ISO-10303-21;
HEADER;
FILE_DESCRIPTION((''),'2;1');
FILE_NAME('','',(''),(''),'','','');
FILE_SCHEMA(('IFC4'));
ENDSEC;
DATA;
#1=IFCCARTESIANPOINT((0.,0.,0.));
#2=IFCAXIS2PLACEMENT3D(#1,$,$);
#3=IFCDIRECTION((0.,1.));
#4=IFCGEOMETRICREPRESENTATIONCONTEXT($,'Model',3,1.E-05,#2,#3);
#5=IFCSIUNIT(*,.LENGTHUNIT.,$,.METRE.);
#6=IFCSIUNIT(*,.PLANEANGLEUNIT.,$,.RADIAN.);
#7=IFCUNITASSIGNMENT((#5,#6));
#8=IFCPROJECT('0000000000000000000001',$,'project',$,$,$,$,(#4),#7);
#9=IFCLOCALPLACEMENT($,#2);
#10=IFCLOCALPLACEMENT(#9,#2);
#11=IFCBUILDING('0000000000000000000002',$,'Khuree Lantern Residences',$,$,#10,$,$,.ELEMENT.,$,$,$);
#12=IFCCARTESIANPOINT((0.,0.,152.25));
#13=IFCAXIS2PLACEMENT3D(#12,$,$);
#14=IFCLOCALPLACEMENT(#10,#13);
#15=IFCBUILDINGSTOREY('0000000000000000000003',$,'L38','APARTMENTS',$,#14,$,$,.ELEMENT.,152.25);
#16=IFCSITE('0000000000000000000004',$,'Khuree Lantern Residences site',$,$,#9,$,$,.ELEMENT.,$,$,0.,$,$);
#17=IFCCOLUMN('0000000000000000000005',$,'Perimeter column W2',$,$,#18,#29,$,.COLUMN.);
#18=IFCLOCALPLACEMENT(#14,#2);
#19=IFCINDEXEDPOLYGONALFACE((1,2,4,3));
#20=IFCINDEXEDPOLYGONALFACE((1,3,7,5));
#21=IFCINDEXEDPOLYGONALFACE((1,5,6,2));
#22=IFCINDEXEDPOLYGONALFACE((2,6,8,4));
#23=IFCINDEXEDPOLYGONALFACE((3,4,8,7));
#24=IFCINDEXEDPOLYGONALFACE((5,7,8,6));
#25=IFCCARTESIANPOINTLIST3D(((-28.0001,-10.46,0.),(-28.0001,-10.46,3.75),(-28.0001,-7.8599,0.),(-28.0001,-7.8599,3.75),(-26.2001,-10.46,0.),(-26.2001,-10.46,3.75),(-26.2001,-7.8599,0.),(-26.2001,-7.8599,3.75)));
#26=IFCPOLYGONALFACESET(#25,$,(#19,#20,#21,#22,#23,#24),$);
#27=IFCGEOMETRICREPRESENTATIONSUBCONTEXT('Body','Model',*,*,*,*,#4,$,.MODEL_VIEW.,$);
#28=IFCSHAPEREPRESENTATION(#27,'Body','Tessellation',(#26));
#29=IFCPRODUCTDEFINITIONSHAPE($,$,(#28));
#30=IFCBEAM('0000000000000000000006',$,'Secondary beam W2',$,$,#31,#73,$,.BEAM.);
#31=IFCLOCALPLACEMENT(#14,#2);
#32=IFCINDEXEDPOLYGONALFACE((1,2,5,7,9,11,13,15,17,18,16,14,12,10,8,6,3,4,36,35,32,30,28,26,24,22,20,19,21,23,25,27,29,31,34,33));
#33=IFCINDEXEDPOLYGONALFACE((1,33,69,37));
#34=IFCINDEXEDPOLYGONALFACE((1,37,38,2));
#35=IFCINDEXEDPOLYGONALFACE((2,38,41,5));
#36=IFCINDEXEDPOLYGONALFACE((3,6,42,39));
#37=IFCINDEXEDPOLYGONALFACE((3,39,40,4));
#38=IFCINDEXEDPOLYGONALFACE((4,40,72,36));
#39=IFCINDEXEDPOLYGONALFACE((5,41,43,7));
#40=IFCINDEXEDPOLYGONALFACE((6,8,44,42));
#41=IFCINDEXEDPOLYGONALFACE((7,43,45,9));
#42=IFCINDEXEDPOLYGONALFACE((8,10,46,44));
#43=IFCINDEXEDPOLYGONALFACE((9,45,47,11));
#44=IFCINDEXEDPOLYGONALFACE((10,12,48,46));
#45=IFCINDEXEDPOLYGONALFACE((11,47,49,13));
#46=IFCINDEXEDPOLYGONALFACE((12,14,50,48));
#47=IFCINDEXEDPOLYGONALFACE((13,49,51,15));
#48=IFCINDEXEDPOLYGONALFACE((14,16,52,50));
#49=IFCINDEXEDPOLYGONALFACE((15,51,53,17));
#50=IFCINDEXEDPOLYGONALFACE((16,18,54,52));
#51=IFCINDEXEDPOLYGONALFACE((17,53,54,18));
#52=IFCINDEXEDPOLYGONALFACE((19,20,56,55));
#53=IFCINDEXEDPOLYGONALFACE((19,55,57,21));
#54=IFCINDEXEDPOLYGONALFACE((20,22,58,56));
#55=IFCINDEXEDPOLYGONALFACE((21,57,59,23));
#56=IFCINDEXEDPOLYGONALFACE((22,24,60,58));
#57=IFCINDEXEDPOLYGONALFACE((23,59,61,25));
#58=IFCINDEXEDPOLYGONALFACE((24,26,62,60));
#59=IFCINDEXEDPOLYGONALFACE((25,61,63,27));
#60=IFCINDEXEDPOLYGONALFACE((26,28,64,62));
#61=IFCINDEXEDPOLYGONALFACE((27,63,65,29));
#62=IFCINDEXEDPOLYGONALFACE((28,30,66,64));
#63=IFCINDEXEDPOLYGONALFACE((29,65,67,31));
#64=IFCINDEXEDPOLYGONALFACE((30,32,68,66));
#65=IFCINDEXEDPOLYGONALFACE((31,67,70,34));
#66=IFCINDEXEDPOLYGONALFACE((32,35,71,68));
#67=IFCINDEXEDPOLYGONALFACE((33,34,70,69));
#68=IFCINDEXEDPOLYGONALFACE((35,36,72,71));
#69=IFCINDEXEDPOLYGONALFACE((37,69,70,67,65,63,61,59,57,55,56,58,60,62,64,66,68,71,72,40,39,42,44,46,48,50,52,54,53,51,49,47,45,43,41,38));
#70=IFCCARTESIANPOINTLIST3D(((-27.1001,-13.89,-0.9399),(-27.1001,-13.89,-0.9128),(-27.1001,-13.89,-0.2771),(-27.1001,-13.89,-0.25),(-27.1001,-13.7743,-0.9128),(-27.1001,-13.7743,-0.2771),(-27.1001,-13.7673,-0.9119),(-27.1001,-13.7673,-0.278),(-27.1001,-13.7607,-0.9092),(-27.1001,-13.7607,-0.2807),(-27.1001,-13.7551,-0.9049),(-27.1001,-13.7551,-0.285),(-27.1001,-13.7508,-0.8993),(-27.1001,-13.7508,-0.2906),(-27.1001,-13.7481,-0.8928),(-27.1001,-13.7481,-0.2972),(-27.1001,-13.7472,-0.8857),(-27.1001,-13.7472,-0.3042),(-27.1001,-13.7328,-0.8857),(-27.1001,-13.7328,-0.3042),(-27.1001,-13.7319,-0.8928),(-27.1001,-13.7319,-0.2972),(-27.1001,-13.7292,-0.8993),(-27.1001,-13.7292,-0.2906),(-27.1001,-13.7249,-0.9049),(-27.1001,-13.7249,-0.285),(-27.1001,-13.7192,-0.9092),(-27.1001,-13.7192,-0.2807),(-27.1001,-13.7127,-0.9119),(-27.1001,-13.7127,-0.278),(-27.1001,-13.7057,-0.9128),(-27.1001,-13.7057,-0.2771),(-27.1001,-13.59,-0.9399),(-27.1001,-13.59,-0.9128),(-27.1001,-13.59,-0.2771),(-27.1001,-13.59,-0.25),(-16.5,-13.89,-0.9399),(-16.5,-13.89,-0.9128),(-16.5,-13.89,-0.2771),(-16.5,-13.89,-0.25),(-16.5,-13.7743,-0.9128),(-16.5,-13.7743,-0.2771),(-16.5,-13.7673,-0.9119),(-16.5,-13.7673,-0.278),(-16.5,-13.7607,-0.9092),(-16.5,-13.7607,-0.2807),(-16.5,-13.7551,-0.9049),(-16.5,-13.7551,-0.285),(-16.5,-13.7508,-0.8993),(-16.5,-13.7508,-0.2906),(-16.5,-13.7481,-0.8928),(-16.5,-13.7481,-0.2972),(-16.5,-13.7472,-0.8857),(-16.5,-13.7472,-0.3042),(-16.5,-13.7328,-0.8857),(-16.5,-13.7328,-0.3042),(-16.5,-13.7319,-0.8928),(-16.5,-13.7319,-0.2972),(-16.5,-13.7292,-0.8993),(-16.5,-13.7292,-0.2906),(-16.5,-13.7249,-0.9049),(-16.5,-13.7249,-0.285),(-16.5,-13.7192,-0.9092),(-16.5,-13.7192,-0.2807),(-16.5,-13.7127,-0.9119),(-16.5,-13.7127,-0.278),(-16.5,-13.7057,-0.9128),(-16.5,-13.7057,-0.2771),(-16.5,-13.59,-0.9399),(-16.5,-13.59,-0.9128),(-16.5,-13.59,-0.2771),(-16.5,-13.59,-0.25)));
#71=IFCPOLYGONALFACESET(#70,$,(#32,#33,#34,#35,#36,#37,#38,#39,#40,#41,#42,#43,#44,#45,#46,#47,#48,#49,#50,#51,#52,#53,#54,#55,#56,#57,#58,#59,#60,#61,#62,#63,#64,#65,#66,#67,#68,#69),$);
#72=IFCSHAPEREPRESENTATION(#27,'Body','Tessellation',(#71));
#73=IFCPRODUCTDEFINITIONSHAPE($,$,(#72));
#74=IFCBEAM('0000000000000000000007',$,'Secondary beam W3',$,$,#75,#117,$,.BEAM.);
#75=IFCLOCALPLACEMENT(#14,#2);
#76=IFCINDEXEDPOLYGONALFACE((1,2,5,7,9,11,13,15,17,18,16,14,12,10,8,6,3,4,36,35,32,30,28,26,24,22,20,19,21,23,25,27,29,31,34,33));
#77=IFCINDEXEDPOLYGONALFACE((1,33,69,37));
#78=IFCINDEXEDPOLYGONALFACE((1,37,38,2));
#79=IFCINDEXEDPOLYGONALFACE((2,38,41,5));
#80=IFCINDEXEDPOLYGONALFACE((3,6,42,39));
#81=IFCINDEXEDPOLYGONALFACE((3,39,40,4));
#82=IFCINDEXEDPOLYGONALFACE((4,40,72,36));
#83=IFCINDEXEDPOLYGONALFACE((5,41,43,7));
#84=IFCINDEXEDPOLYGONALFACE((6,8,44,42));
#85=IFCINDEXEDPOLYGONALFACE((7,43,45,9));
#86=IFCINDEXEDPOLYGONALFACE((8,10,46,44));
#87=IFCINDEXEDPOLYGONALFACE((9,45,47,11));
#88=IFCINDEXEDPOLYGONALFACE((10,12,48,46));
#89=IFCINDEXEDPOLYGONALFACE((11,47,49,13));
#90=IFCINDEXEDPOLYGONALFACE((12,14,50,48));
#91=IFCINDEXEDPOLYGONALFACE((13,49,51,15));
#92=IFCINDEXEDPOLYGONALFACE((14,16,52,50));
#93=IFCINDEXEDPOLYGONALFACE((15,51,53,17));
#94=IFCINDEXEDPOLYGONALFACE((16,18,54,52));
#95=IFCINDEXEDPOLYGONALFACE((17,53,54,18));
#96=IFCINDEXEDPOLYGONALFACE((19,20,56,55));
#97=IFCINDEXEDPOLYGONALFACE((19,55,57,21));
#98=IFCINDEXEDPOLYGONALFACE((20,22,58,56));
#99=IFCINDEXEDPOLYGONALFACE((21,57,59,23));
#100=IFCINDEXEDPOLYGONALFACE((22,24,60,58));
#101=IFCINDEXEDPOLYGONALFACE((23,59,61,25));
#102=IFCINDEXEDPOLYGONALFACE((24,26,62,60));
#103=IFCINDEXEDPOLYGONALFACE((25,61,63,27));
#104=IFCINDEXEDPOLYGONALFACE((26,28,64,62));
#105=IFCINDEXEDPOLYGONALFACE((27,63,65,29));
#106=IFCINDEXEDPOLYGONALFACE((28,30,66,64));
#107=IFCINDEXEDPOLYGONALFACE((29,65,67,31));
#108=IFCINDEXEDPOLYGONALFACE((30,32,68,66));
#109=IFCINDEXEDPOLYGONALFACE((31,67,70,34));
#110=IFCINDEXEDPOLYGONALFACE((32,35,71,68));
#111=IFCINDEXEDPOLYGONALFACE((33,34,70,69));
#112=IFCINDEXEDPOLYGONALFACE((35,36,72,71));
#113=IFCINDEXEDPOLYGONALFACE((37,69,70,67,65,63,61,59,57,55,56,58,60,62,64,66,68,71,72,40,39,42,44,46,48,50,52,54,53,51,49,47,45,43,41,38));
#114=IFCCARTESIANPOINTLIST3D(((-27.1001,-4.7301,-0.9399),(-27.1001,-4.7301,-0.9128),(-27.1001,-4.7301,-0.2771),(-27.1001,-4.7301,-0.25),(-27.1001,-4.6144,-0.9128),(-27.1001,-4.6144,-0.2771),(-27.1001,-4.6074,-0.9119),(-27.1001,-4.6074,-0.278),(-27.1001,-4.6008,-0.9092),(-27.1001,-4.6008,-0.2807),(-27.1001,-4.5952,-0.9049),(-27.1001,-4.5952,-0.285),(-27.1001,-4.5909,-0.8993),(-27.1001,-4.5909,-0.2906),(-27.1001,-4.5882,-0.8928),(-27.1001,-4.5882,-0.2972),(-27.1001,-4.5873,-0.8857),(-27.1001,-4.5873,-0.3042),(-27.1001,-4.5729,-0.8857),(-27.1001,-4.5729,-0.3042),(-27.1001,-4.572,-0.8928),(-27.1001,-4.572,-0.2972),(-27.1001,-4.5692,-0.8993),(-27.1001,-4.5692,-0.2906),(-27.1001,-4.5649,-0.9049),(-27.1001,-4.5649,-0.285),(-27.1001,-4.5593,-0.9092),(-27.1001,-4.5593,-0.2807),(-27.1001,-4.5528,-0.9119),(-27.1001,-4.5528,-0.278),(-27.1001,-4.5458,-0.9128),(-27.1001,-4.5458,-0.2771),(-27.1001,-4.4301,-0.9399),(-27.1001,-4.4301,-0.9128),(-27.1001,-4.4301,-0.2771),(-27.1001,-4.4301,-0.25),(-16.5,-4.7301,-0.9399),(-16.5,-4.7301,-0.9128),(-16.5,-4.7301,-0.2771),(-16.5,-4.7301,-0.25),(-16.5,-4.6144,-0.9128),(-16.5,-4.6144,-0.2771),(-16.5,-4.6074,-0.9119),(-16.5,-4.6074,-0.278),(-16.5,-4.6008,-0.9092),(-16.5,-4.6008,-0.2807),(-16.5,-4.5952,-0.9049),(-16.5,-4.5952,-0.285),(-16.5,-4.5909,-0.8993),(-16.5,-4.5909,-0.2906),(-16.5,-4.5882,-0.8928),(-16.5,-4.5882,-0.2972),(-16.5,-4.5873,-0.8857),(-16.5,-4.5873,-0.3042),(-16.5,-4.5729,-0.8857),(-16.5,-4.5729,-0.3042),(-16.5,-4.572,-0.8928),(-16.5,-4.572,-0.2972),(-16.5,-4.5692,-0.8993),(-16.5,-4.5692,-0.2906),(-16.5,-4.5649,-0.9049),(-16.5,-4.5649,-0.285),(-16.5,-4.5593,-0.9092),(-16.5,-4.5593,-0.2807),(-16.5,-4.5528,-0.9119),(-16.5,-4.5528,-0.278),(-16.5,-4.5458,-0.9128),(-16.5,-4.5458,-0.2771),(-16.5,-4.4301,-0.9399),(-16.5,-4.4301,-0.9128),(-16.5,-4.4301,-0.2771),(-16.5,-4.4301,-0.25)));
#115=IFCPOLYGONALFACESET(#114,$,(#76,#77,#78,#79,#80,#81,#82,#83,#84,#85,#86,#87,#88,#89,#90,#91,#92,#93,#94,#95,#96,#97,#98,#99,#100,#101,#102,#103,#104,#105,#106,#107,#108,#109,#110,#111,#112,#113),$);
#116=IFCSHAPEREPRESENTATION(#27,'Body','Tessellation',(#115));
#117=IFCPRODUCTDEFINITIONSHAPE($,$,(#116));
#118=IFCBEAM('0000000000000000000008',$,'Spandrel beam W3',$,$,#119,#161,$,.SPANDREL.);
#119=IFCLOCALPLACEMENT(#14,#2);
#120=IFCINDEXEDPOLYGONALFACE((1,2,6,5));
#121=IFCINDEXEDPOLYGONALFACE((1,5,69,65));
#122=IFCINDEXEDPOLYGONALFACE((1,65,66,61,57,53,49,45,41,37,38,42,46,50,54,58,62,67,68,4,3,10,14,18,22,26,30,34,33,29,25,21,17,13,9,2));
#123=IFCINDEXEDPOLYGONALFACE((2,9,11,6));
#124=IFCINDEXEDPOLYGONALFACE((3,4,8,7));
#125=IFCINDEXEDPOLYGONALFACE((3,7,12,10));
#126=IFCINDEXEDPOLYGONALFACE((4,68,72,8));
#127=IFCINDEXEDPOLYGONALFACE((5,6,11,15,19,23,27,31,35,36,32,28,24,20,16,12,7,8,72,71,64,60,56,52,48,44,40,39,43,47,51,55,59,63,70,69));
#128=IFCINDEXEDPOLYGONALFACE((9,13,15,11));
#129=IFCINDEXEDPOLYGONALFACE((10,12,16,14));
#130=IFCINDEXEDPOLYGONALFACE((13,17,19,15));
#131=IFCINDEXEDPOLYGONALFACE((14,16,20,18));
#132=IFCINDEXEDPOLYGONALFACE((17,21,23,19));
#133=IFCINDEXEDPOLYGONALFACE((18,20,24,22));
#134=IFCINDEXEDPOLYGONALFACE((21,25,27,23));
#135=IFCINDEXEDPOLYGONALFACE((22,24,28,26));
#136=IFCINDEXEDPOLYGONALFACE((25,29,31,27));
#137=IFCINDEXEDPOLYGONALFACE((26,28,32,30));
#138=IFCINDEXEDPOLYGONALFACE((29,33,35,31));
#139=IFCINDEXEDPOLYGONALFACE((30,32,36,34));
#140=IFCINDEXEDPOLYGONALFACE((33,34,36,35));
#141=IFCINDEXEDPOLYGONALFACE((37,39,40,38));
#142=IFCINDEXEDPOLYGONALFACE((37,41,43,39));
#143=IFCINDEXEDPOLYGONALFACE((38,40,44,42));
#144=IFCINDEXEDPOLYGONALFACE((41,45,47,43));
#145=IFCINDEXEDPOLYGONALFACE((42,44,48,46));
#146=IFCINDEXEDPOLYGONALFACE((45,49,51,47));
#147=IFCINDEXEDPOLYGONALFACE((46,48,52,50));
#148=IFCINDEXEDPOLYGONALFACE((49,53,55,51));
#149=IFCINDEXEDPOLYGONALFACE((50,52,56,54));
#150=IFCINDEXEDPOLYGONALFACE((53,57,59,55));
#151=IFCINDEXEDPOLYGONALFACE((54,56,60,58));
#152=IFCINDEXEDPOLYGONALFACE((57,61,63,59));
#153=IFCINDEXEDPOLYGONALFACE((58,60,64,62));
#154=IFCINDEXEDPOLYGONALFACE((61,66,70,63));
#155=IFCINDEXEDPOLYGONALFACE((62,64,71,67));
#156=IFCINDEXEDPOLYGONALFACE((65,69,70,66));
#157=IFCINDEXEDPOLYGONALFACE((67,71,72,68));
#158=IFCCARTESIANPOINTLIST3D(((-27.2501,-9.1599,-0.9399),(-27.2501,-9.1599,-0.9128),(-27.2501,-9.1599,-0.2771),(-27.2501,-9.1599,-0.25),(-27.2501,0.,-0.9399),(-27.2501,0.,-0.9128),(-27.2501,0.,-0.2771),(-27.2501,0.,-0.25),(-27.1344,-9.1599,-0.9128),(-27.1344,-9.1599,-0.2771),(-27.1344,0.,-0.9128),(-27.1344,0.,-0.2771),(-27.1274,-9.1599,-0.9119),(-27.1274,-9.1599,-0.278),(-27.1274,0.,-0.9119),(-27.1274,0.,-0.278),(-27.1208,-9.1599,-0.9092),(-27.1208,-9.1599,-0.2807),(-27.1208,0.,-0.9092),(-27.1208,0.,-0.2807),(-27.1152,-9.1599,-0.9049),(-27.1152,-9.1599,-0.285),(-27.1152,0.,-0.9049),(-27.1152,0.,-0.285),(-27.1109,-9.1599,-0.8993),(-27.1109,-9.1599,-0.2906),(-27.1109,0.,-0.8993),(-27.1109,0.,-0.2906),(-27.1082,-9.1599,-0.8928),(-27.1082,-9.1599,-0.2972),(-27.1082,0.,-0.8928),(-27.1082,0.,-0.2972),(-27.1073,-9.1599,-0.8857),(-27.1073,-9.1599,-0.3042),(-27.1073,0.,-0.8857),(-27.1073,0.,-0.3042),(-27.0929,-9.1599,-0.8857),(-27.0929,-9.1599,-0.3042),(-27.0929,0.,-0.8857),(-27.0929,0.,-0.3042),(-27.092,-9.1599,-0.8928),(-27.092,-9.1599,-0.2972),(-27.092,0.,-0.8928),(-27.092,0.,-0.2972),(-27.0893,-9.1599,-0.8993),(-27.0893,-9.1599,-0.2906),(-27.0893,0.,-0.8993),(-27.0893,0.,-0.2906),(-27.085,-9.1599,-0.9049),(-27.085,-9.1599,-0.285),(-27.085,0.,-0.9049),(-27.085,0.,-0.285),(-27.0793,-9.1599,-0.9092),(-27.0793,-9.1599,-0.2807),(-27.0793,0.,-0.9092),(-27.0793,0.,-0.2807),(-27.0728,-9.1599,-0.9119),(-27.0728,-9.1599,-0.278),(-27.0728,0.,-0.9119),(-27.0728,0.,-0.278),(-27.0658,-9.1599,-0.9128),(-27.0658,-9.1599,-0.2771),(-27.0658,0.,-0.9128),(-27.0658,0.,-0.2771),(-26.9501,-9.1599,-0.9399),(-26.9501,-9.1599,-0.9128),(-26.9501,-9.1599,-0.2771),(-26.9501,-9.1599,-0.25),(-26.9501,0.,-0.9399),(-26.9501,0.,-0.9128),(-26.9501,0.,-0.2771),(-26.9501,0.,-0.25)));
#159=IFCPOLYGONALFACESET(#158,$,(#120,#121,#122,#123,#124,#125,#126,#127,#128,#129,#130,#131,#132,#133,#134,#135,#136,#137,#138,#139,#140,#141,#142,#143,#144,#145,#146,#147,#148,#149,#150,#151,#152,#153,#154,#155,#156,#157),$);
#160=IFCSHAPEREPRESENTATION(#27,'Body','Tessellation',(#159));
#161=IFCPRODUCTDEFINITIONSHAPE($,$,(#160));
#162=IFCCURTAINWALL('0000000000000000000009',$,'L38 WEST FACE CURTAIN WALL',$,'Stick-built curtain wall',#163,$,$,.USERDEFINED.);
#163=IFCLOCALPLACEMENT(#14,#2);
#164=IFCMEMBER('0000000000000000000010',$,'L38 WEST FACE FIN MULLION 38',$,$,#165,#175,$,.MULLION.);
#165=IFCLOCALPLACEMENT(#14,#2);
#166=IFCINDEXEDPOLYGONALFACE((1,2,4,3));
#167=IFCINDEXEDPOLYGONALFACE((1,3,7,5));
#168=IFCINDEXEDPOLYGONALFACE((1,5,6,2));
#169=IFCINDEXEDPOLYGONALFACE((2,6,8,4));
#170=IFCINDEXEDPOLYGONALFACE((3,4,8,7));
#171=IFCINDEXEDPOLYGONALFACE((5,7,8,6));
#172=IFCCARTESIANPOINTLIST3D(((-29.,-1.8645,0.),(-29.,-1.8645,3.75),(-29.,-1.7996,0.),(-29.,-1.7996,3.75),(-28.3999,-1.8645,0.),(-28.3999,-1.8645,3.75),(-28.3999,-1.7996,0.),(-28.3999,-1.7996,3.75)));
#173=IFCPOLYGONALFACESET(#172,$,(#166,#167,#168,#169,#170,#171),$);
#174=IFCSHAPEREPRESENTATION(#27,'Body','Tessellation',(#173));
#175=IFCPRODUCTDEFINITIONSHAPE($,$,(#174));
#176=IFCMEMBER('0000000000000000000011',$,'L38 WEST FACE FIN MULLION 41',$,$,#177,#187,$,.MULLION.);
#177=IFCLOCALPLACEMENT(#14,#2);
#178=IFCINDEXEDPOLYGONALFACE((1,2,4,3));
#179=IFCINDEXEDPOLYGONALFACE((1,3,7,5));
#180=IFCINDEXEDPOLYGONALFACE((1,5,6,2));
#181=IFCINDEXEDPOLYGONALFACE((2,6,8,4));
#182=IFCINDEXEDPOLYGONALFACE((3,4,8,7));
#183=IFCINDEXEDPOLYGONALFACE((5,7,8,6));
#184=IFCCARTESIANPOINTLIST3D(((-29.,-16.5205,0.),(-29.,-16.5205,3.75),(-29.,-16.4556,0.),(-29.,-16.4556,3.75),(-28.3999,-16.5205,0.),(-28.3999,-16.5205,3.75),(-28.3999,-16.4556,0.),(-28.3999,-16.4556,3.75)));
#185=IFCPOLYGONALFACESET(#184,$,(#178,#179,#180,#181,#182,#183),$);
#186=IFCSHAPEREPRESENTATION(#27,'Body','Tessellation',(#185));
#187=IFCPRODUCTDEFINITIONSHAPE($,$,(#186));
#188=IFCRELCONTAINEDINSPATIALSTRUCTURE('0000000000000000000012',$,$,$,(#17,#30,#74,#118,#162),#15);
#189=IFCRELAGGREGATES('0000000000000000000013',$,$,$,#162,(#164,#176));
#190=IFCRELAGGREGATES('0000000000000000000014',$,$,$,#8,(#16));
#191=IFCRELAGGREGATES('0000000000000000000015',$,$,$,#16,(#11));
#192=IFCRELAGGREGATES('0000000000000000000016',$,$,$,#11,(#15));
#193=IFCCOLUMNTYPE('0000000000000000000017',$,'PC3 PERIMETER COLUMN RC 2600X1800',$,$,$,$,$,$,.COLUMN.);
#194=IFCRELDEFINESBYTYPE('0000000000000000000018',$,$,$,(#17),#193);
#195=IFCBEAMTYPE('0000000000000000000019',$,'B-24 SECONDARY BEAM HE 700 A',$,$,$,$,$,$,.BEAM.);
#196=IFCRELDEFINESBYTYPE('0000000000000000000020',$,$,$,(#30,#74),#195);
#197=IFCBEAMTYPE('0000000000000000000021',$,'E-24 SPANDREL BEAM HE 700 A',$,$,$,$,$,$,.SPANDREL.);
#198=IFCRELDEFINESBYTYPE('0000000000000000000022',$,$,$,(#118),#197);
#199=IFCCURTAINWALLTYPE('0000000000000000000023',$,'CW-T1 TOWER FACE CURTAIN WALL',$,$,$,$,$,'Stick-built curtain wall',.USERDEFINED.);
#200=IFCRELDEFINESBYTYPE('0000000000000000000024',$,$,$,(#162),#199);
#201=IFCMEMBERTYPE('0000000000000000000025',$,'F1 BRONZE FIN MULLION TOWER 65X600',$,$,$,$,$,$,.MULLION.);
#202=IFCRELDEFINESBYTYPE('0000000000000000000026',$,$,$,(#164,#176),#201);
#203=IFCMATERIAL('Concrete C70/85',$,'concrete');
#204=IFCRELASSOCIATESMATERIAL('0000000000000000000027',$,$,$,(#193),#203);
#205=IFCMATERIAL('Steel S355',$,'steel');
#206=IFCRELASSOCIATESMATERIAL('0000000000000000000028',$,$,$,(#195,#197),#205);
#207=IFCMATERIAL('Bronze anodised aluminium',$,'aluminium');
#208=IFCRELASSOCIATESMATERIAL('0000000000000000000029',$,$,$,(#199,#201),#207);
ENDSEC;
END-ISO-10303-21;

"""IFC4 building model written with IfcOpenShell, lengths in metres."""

from ifc_helpers import new_model, si_unit, direction, frame, origin, origin_2d, place, context, subcontext, project, spatial, rectangle, i_section, extrude, material, material_profile, profile_set, type_object, element, aggregate, save


model = new_model("IFC4")

# Units and contexts
model_context = context("Model", 3, precision=1e-05, world=origin(), true_north=direction((0.0, 1.0)))
body_context = subcontext(model_context, "Body", "Model", "MODEL_VIEW")
ifc_project = project(units=[si_unit("LENGTHUNIT", "METRE"), si_unit("PLANEANGLEUNIT", "RADIAN")], contexts=[model_context])

# Site, building, storey
site_placement = place(None, origin())
site = spatial("IfcSite", under=ifc_project, at=site_placement, Name="Khuree Lantern Residences site", CompositionType="ELEMENT", RefElevation=0.0)
building_placement = place(site_placement, origin())
building = spatial("IfcBuilding", under=site, at=building_placement, Name="Khuree Lantern Residences", CompositionType="ELEMENT")
storey_placement = place(building_placement, frame((0.0, 0.0, 152.25)))
storey = spatial("IfcBuildingStorey", under=building, at=storey_placement, Name="L38", Description="APARTMENTS", CompositionType="ELEMENT", Elevation=152.25)

# Column
ifc_material_1 = material(Name="Concrete C70/85", Category="concrete")
ifc_material_profile_1 = material_profile(ifc_material_1, rectangle(XDim=2.6001, YDim=1.8, at=origin_2d()), Name="RC 2600X1800")
ifc_profile_set_1 = profile_set([ifc_material_profile_1], Name="Concrete C70/85")
column_type = type_object("IfcColumnType", Name="PC3 PERIMETER COLUMN RC 2600X1800", PredefinedType="COLUMN", material=ifc_profile_set_1)
column_placement = place(storey_placement, frame((-27.1001, -9.1599, 0.0), z_axis=(0.0, 0.0, 1.0), x_axis=(0.0, 1.0, 0.0)))
element("IfcColumn", 1, at=column_placement, inside=storey, type_object=column_type, Name="Perimeter column W2", PredefinedType="COLUMN", context=body_context, shape_type="SweptSolid", body=[
    extrude(rectangle(XDim=2.6001, YDim=1.8, at=origin_2d()), origin(), (0.0, 0.0, 1.0), 3.75),
])

# Beams
ifc_material_2 = material(Name="Steel S355", Category="steel")
ifc_material_profile_2 = material_profile(ifc_material_2, i_section(OverallWidth=0.3, OverallDepth=0.6899, WebThickness=0.0144, FlangeThickness=0.0271, FilletRadius=0.0271, at=origin_2d()), Name="HE 700 A")
ifc_profile_set_2 = profile_set([ifc_material_profile_2], Name="Steel S355")
beam_type_1 = type_object("IfcBeamType", Name="B-24 SECONDARY BEAM HE 700 A", PredefinedType="BEAM", material=ifc_profile_set_2)
for number, where, z_axis, x_axis, name in (
    (2, (-27.1001, -13.74, -0.595), (1.0, 0.0, 0.0), (0.0, 1.0, 0.0), "Secondary beam W2"),
    (3, (-27.1001, -4.5801, -0.595), (1.0, 0.0, 0.0), (0.0, 1.0, 0.0), "Secondary beam W3"),
):
    element("IfcBeam", number, at=place(storey_placement, frame(where, z_axis=z_axis, x_axis=x_axis)), inside=storey, type_object=beam_type_1, Name=name, PredefinedType="BEAM", context=body_context, shape_type="SweptSolid", body=[
        extrude(i_section(OverallWidth=0.3, OverallDepth=0.6899, WebThickness=0.0144, FlangeThickness=0.0271, FilletRadius=0.0271, at=origin_2d()), origin(), (0.0, 0.0, 1.0), 10.6001),
    ])
ifc_material_profile_3 = material_profile(ifc_material_2, i_section(OverallWidth=0.3, OverallDepth=0.6899, WebThickness=0.0144, FlangeThickness=0.0271, FilletRadius=0.0271, at=origin_2d()), Name="HE 700 A")
ifc_profile_set_3 = profile_set([ifc_material_profile_3], Name="Steel S355")
beam_type_2 = type_object("IfcBeamType", Name="E-24 SPANDREL BEAM HE 700 A", PredefinedType="SPANDREL", material=ifc_profile_set_3)
beam_1_placement = place(storey_placement, frame((-27.1001, -9.1599, -0.595), z_axis=(0.0, 1.0, 0.0), x_axis=(-1.0, 0.0, 0.0)))
element("IfcBeam", 4, at=beam_1_placement, inside=storey, type_object=beam_type_2, Name="Spandrel beam W3", PredefinedType="SPANDREL", context=body_context, shape_type="SweptSolid", body=[
    extrude(i_section(OverallWidth=0.3, OverallDepth=0.6899, WebThickness=0.0144, FlangeThickness=0.0271, FilletRadius=0.0271, at=origin_2d()), origin(), (0.0, 0.0, 1.0), 9.1599),
])

# Curtain wall, members
ifc_material_3 = material(Name="Bronze anodised aluminium", Category="aluminium")
curtain_wall_type = type_object("IfcCurtainWallType", Name="CW-T1 TOWER FACE CURTAIN WALL", ElementType="Stick-built curtain wall", PredefinedType="USERDEFINED", material=ifc_material_3)
curtain_wall_placement = place(storey_placement, origin())
curtain_wall = element("IfcCurtainWall", 5, at=curtain_wall_placement, inside=storey, type_object=curtain_wall_type, Name="L38 WEST FACE CURTAIN WALL", ObjectType="Stick-built curtain wall", PredefinedType="USERDEFINED")
ifc_material_profile_4 = material_profile(ifc_material_3, rectangle(XDim=0.0649, YDim=0.6001, at=origin_2d()), Name="F1 65X600")
ifc_profile_set_4 = profile_set([ifc_material_profile_4], Name="Bronze anodised aluminium")
member_type_1 = type_object("IfcMemberType", Name="F1 BRONZE FIN MULLION TOWER 65X600", PredefinedType="MULLION", material=ifc_profile_set_4)
member_1_placement = place(storey_placement, frame((-28.7, -1.832, 0.0), z_axis=(0.0, 0.0, 1.0), x_axis=(0.0, -1.0, 0.0)))
member_1 = element("IfcMember", 6, at=member_1_placement, type_object=member_type_1, Name="L38 WEST FACE FIN MULLION 38", PredefinedType="MULLION", context=body_context, shape_type="SweptSolid", body=[
    extrude(rectangle(XDim=0.0649, YDim=0.6001, at=origin_2d()), origin(), (0.0, 0.0, 1.0), 3.75),
])
member_2_placement = place(storey_placement, frame((-28.7, -16.488, 0.0), z_axis=(0.0, 0.0, 1.0), x_axis=(0.0, -1.0, 0.0)))
member_2 = element("IfcMember", 7, at=member_2_placement, type_object=member_type_1, Name="L38 WEST FACE FIN MULLION 41", PredefinedType="MULLION", context=body_context, shape_type="SweptSolid", body=[
    extrude(rectangle(XDim=0.0649, YDim=0.6001, at=origin_2d()), origin(), (0.0, 0.0, 1.0), 3.75),
])

aggregate(curtain_wall, [member_1, member_2])

save(model, "model.ifc")
